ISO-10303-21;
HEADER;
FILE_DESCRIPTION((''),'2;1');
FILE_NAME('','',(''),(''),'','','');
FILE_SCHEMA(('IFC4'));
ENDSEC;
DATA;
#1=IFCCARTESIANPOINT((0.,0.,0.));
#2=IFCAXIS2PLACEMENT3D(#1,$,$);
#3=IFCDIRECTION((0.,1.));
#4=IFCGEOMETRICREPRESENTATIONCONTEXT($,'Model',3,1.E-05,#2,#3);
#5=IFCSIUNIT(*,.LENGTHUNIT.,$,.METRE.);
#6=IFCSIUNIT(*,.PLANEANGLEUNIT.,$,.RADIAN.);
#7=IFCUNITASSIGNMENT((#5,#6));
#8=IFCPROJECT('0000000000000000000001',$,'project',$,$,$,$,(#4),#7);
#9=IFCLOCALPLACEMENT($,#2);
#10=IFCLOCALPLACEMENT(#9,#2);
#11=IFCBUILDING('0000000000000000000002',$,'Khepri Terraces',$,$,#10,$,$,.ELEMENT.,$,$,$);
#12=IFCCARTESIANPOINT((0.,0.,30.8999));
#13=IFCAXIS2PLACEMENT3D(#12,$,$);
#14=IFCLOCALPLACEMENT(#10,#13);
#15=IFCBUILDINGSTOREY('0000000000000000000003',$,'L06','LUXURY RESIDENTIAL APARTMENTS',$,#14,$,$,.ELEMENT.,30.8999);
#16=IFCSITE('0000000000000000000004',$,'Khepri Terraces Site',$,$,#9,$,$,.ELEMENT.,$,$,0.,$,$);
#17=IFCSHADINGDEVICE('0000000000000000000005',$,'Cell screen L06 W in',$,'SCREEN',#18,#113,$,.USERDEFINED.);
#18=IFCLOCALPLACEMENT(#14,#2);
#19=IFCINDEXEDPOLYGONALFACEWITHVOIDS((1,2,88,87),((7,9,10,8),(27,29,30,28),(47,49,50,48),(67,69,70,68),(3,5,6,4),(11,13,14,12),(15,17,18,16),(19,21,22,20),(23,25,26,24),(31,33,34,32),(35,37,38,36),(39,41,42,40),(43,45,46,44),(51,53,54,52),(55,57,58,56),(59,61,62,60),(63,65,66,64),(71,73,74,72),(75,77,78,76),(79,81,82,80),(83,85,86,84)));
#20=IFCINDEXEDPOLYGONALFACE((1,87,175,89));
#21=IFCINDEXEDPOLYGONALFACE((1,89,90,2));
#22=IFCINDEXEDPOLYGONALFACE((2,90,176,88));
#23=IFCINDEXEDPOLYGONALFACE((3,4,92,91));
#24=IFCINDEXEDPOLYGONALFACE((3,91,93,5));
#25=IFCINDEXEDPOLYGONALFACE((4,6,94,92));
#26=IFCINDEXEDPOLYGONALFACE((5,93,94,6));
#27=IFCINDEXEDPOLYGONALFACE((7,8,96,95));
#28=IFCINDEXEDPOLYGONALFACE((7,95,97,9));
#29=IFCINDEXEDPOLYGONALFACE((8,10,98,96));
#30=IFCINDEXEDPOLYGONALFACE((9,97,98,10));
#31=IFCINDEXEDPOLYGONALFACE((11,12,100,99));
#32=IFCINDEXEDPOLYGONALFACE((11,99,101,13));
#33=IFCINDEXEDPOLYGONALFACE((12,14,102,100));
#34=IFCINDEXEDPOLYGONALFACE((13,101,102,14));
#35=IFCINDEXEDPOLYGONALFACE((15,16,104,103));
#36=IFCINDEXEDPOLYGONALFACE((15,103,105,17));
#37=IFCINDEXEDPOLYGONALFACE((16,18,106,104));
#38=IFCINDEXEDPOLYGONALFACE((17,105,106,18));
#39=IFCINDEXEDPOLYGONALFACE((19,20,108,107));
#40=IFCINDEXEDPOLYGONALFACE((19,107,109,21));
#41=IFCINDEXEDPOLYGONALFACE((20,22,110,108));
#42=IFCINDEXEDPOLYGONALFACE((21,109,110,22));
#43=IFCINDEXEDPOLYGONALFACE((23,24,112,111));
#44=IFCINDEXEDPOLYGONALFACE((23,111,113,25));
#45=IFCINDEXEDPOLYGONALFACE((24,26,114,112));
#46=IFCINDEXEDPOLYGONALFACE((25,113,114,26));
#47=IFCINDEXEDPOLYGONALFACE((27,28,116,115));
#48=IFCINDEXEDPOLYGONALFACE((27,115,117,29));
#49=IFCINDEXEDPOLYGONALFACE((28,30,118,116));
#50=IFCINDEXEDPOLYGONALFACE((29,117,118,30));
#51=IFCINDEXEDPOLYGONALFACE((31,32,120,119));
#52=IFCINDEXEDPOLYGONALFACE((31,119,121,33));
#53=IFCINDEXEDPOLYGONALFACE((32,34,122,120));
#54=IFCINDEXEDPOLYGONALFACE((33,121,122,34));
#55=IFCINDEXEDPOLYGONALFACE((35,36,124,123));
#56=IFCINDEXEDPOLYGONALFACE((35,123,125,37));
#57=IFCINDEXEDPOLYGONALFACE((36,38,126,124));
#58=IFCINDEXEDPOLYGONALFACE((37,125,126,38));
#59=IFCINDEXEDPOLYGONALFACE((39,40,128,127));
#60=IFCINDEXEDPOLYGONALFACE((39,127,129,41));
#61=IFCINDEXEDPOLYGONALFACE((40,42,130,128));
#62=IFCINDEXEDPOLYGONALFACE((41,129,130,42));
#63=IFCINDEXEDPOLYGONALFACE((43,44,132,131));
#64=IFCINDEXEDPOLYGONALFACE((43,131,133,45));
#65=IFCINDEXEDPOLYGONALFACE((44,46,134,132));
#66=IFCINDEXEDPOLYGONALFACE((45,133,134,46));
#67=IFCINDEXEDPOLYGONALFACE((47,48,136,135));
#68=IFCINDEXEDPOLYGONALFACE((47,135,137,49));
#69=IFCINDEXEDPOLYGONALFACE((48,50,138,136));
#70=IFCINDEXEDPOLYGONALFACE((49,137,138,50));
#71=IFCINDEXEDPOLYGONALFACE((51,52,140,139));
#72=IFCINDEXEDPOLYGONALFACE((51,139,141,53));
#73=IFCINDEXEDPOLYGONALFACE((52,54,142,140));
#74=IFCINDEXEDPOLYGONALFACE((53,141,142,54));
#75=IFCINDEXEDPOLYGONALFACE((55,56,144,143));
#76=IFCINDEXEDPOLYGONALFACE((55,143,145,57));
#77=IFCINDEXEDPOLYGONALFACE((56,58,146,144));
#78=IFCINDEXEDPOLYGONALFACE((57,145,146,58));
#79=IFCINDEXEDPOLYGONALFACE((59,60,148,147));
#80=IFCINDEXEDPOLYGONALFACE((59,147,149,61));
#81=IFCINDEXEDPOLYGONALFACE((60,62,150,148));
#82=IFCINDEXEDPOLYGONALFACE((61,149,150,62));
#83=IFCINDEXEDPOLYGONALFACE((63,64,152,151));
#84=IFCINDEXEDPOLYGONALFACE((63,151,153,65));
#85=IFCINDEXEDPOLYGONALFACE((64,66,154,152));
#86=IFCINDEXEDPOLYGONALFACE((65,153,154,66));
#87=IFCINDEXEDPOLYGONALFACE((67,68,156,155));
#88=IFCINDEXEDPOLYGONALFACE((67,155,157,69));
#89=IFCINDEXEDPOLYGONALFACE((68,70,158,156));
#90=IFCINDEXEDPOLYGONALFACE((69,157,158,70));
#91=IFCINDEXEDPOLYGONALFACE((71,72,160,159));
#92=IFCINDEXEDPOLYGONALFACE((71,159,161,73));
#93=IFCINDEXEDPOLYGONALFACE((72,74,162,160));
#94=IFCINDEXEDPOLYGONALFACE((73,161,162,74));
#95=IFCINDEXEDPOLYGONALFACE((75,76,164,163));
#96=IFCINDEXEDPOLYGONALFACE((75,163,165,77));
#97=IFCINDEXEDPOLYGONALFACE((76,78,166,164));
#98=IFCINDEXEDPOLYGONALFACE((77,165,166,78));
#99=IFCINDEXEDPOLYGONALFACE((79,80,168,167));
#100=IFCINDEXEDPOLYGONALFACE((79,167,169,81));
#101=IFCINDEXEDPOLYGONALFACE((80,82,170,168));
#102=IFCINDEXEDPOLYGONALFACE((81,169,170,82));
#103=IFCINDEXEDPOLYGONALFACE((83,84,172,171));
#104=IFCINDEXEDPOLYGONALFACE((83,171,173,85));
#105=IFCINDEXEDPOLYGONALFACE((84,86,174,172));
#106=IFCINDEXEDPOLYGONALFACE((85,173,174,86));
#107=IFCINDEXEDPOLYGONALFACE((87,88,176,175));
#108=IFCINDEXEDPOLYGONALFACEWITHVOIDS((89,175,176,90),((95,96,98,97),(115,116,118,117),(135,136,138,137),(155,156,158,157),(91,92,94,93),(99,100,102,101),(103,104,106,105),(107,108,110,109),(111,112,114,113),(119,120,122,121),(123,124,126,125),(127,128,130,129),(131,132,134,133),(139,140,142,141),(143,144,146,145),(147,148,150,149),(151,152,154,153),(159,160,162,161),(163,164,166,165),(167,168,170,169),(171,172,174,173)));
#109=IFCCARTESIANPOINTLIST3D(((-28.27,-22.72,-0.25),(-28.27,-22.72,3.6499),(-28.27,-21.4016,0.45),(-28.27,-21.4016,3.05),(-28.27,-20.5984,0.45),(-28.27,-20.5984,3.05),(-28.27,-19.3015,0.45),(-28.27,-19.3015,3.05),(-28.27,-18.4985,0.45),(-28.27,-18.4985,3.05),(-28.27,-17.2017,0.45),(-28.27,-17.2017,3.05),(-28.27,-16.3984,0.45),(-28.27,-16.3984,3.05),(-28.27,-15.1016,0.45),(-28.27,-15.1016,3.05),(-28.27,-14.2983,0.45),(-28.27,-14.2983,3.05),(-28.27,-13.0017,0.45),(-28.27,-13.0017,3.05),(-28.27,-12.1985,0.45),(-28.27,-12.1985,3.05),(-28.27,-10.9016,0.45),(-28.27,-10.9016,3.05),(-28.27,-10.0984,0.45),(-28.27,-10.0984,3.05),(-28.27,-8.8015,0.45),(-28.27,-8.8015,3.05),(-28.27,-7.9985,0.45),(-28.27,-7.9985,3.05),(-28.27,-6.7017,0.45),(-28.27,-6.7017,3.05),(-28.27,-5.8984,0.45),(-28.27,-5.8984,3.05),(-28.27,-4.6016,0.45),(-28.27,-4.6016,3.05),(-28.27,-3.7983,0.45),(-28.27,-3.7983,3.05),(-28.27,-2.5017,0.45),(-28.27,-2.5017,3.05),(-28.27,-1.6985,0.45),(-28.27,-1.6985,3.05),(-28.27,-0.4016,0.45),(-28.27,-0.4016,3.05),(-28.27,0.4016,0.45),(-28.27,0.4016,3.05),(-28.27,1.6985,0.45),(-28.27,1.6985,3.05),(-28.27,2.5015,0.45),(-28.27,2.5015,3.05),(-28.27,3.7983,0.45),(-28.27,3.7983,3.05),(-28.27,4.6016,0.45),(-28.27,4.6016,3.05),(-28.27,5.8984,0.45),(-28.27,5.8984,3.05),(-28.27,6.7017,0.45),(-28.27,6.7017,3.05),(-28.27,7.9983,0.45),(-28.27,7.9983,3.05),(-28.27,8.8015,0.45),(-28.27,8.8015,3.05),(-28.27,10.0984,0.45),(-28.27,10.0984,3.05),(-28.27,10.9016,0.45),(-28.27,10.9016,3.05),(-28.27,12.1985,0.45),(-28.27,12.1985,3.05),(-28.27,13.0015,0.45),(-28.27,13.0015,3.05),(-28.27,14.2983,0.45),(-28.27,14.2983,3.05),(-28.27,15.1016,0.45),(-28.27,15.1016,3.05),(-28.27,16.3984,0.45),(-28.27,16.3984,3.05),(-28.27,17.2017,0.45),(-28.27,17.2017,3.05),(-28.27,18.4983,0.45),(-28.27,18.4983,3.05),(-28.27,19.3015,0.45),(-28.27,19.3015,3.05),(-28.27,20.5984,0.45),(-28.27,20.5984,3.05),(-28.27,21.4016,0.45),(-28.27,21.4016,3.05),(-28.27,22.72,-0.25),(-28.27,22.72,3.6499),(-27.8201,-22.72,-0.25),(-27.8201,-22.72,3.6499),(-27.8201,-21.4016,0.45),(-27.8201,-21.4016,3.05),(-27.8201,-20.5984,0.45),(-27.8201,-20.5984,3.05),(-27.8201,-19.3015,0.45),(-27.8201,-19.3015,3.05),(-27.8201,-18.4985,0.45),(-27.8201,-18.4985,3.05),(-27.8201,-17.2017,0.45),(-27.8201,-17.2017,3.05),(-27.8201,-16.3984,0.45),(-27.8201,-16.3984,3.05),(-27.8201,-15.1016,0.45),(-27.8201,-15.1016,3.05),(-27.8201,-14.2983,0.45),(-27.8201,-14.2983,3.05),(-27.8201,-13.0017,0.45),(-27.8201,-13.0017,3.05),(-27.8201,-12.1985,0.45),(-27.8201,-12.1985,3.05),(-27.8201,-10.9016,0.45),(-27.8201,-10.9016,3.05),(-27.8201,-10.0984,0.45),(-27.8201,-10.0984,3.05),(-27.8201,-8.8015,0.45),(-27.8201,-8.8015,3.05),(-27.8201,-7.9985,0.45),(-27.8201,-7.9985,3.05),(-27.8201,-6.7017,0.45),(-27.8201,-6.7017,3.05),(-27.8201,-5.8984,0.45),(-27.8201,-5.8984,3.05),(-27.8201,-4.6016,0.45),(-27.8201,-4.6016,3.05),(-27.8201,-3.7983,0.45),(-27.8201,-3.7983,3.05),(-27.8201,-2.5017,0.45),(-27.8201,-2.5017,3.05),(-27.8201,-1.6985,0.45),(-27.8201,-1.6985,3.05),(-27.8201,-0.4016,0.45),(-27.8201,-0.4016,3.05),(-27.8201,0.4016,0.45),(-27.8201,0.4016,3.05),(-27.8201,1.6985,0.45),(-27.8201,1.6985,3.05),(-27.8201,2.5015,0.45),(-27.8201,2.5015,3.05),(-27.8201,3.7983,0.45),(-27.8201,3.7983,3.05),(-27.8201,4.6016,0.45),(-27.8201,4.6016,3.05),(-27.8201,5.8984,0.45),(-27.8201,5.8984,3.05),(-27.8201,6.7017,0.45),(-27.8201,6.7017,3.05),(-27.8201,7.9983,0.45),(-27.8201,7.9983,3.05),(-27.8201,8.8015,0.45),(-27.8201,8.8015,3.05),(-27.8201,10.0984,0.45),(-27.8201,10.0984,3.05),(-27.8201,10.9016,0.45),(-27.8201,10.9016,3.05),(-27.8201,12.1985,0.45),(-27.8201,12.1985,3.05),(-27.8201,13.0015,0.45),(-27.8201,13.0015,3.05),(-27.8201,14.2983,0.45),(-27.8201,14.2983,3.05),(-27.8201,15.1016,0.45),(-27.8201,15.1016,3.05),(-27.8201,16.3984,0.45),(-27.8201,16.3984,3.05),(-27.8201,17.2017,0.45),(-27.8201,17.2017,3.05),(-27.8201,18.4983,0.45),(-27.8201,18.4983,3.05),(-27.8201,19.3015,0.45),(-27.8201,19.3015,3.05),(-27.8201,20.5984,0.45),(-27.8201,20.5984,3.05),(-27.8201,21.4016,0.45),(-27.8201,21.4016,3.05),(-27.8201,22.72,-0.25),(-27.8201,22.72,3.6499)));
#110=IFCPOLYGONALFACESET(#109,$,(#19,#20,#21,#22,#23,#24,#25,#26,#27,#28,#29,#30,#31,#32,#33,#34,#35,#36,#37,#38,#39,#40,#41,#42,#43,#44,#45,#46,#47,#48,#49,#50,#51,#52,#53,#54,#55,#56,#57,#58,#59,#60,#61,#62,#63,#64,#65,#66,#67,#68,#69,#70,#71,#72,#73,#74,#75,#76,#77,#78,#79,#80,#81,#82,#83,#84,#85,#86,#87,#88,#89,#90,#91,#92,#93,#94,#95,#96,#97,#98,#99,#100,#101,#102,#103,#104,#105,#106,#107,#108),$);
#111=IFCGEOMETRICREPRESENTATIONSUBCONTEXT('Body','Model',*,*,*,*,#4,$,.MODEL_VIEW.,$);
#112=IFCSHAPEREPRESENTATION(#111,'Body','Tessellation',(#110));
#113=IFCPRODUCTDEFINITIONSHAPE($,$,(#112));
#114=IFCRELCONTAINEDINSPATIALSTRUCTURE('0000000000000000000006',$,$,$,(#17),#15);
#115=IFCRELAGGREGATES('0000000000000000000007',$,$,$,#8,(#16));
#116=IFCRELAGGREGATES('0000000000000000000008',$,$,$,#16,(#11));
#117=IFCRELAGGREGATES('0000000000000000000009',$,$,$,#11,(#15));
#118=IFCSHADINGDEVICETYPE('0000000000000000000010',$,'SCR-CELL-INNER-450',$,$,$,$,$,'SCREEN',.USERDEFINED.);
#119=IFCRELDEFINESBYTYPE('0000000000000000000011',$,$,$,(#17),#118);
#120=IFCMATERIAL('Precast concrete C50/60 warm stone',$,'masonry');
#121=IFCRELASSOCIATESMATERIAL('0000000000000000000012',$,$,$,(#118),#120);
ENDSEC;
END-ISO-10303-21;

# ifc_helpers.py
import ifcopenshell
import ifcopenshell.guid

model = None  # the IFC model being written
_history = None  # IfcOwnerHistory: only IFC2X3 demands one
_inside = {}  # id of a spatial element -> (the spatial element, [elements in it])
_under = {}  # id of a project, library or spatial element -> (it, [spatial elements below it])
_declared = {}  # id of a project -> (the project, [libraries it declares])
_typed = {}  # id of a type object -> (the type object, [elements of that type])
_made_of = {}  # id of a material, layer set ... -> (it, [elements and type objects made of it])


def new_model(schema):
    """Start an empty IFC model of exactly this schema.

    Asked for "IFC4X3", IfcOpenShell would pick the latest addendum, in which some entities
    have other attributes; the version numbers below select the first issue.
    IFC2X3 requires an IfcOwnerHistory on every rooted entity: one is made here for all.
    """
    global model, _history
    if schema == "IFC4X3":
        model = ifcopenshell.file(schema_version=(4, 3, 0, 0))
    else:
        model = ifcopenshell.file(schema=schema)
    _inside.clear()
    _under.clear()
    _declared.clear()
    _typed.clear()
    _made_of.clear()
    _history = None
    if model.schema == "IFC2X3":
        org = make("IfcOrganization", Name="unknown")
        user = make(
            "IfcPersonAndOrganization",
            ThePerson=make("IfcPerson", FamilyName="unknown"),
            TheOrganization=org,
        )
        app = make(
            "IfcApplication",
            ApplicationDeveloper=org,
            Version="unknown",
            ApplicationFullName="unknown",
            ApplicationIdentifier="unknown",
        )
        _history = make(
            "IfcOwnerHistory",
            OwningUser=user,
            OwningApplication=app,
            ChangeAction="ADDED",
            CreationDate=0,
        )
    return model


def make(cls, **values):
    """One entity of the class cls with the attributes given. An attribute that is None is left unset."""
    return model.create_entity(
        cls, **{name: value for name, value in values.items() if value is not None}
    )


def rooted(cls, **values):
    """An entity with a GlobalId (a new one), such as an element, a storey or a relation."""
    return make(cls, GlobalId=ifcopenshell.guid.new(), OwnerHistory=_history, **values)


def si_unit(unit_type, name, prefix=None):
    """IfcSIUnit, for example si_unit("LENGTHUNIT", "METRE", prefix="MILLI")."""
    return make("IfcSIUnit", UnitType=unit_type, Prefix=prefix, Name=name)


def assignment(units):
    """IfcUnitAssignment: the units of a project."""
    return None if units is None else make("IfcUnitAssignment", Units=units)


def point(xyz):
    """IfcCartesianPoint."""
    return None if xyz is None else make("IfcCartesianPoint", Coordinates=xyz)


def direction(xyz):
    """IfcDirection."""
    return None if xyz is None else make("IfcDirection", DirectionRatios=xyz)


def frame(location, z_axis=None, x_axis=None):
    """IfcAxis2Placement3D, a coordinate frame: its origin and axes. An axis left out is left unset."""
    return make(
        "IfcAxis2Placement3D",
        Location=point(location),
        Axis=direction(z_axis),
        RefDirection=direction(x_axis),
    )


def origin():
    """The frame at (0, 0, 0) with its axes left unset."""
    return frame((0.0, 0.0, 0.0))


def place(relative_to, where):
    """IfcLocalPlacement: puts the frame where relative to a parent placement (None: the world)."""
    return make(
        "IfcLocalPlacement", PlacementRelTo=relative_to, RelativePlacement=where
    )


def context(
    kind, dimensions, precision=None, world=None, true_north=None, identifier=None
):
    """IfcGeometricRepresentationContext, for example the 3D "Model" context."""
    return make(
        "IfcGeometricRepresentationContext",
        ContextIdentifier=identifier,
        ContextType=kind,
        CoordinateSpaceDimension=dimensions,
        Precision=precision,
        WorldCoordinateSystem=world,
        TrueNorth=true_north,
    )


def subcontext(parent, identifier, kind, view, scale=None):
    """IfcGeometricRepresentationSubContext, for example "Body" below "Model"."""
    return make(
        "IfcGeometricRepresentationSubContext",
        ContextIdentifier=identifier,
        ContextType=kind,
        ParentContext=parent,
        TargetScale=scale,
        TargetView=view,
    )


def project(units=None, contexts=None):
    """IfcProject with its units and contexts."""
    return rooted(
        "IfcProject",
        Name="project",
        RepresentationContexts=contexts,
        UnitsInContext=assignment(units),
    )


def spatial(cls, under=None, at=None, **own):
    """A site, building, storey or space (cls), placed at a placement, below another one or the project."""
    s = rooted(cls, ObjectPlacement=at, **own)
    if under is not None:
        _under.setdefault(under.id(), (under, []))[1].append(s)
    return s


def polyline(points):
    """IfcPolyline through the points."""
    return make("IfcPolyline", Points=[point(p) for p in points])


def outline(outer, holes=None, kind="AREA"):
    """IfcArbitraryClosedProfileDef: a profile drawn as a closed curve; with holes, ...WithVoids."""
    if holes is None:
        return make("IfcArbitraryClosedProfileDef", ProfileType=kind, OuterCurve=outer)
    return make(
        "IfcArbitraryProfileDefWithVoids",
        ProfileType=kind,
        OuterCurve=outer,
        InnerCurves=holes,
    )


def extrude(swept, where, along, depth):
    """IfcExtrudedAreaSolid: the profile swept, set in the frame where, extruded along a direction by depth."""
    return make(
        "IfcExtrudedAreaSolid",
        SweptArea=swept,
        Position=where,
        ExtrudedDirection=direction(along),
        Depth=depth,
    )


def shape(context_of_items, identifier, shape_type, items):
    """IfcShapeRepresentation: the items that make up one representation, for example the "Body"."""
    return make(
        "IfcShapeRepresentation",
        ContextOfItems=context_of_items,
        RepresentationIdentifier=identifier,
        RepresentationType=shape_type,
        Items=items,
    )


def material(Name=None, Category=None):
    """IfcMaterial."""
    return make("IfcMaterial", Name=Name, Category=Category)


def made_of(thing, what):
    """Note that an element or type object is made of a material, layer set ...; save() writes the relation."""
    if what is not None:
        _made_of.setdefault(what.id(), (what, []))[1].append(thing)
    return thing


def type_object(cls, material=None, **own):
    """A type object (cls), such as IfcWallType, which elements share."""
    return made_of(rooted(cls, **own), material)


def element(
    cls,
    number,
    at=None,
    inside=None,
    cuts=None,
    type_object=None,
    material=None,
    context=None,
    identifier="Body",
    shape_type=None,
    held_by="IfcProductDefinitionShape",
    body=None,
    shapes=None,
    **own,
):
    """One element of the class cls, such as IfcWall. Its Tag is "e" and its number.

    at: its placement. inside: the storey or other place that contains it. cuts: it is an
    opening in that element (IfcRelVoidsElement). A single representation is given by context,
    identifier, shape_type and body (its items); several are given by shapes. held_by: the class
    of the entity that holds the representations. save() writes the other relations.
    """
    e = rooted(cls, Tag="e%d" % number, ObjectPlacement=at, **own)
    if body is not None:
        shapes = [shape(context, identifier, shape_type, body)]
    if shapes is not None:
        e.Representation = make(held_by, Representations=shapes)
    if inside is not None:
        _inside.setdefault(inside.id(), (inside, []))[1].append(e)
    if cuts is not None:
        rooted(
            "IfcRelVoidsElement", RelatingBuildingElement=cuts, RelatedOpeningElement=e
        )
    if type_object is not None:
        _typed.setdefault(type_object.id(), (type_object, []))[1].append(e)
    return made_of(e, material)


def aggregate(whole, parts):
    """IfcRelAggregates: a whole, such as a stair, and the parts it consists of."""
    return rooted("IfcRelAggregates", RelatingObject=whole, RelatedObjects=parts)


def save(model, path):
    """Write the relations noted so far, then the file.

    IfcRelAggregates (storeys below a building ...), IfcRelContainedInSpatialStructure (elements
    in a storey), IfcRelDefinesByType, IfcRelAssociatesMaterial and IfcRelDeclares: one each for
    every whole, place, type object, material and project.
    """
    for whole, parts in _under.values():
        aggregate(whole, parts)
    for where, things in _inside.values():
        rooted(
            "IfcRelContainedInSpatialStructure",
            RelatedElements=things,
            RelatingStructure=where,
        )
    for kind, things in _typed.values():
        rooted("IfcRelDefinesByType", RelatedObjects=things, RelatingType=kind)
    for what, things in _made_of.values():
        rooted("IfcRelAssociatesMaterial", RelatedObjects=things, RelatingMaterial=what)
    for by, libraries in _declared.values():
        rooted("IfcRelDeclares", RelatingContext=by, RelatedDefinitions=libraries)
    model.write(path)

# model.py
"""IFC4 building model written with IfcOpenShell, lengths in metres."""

from ifc_helpers import new_model, si_unit, direction, frame, origin, place, context, subcontext, project, spatial, polyline, outline, extrude, material, type_object, element, save


model = new_model("IFC4")

# Units and contexts
model_context = context("Model", 3, precision=1e-05, world=origin(), true_north=direction((0.0, 1.0)))
body_context = subcontext(model_context, "Body", "Model", "MODEL_VIEW")
ifc_project = project(units=[si_unit("LENGTHUNIT", "METRE"), si_unit("PLANEANGLEUNIT", "RADIAN")], contexts=[model_context])

# Site, building, storey
site_placement = place(None, origin())
site = spatial("IfcSite", under=ifc_project, at=site_placement, Name="Khepri Terraces Site", CompositionType="ELEMENT", RefElevation=0.0)
building_placement = place(site_placement, origin())
building = spatial("IfcBuilding", under=site, at=building_placement, Name="Khepri Terraces", CompositionType="ELEMENT")
storey_placement = place(building_placement, frame((0.0, 0.0, 30.8999)))
storey = spatial("IfcBuildingStorey", under=building, at=storey_placement, Name="L06", Description="LUXURY RESIDENTIAL APARTMENTS", CompositionType="ELEMENT", Elevation=30.8999)

# Shared definitions
ifc_material_1 = material(Name="Precast concrete C50/60 warm stone", Category="masonry")

# Shading device
shading_device_type_1 = type_object("IfcShadingDeviceType", Name="SCR-CELL-INNER-450", ElementType="SCREEN", PredefinedType="USERDEFINED", material=ifc_material_1)
shading_device_1_placement = place(storey_placement, frame((-27.8201, 22.72, -0.25), z_axis=(-1.0, 0.0, 0.0), x_axis=(0.0, -1.0, 0.0)))
element("IfcShadingDevice", 1, at=shading_device_1_placement, inside=storey, type_object=shading_device_type_1, Name="Cell screen L06 W in", ObjectType="SCREEN", PredefinedType="USERDEFINED", context=body_context, shape_type="SweptSolid", body=[
    extrude(outline(polyline([(0.0, 0.0), (45.4399, 0.0), (45.4399, 3.8999), (0.0, 3.8999), (0.0, 0.0)]), holes=[polyline([(1.3184, 0.7), (2.1216, 0.7), (2.1216, 3.3), (1.3184, 3.3), (1.3184, 0.7)]), polyline([(3.4185, 0.7), (4.2217, 0.7), (4.2217, 3.3), (3.4185, 3.3), (3.4185, 0.7)]), polyline([(5.5183, 0.7), (6.3215, 0.7), (6.3215, 3.3), (5.5183, 3.3), (5.5183, 0.7)]), polyline([(7.6184, 0.7), (8.4216, 0.7), (8.4216, 3.3), (7.6184, 3.3), (7.6184, 0.7)]), polyline([(9.7185, 0.7), (10.5215, 0.7), (10.5215, 3.3), (9.7185, 3.3), (9.7185, 0.7)]), polyline([(11.8184, 0.7), (12.6216, 0.7), (12.6216, 3.3), (11.8184, 3.3), (11.8184, 0.7)]), polyline([(13.9185, 0.7), (14.7217, 0.7), (14.7217, 3.3), (13.9185, 3.3), (13.9185, 0.7)]), polyline([(16.0183, 0.7), (16.8215, 0.7), (16.8215, 3.3), (16.0183, 3.3), (16.0183, 0.7)]), polyline([(18.1184, 0.7), (18.9216, 0.7), (18.9216, 3.3), (18.1184, 3.3), (18.1184, 0.7)]), polyline([(20.2185, 0.7), (21.0215, 0.7), (21.0215, 3.3), (20.2185, 3.3), (20.2185, 0.7)]), polyline([(22.3184, 0.7), (23.1216, 0.7), (23.1216, 3.3), (22.3184, 3.3), (22.3184, 0.7)]), polyline([(24.4185, 0.7), (25.2217, 0.7), (25.2217, 3.3), (24.4185, 3.3), (24.4185, 0.7)]), polyline([(26.5183, 0.7), (27.3215, 0.7), (27.3215, 3.3), (26.5183, 3.3), (26.5183, 0.7)]), polyline([(28.6184, 0.7), (29.4216, 0.7), (29.4216, 3.3), (28.6184, 3.3), (28.6184, 0.7)]), polyline([(30.7185, 0.7), (31.5215, 0.7), (31.5215, 3.3), (30.7185, 3.3), (30.7185, 0.7)]), polyline([(32.8184, 0.7), (33.6216, 0.7), (33.6216, 3.3), (32.8184, 3.3), (32.8184, 0.7)]), polyline([(34.9185, 0.7), (35.7217, 0.7), (35.7217, 3.3), (34.9185, 3.3), (34.9185, 0.7)]), polyline([(37.0183, 0.7), (37.8215, 0.7), (37.8215, 3.3), (37.0183, 3.3), (37.0183, 0.7)]), polyline([(39.1184, 0.7), (39.9216, 0.7), (39.9216, 3.3), (39.1184, 3.3), (39.1184, 0.7)]), polyline([(41.2185, 0.7), (42.0215, 0.7), (42.0215, 3.3), (41.2185, 3.3), (41.2185, 0.7)]), polyline([(43.3184, 0.7), (44.1216, 0.7), (44.1216, 3.3), (43.3184, 3.3), (43.3184, 0.7)])]), origin(), (0.0, 0.0, 1.0), 0.45),
])

save(model, "model.ifc")
